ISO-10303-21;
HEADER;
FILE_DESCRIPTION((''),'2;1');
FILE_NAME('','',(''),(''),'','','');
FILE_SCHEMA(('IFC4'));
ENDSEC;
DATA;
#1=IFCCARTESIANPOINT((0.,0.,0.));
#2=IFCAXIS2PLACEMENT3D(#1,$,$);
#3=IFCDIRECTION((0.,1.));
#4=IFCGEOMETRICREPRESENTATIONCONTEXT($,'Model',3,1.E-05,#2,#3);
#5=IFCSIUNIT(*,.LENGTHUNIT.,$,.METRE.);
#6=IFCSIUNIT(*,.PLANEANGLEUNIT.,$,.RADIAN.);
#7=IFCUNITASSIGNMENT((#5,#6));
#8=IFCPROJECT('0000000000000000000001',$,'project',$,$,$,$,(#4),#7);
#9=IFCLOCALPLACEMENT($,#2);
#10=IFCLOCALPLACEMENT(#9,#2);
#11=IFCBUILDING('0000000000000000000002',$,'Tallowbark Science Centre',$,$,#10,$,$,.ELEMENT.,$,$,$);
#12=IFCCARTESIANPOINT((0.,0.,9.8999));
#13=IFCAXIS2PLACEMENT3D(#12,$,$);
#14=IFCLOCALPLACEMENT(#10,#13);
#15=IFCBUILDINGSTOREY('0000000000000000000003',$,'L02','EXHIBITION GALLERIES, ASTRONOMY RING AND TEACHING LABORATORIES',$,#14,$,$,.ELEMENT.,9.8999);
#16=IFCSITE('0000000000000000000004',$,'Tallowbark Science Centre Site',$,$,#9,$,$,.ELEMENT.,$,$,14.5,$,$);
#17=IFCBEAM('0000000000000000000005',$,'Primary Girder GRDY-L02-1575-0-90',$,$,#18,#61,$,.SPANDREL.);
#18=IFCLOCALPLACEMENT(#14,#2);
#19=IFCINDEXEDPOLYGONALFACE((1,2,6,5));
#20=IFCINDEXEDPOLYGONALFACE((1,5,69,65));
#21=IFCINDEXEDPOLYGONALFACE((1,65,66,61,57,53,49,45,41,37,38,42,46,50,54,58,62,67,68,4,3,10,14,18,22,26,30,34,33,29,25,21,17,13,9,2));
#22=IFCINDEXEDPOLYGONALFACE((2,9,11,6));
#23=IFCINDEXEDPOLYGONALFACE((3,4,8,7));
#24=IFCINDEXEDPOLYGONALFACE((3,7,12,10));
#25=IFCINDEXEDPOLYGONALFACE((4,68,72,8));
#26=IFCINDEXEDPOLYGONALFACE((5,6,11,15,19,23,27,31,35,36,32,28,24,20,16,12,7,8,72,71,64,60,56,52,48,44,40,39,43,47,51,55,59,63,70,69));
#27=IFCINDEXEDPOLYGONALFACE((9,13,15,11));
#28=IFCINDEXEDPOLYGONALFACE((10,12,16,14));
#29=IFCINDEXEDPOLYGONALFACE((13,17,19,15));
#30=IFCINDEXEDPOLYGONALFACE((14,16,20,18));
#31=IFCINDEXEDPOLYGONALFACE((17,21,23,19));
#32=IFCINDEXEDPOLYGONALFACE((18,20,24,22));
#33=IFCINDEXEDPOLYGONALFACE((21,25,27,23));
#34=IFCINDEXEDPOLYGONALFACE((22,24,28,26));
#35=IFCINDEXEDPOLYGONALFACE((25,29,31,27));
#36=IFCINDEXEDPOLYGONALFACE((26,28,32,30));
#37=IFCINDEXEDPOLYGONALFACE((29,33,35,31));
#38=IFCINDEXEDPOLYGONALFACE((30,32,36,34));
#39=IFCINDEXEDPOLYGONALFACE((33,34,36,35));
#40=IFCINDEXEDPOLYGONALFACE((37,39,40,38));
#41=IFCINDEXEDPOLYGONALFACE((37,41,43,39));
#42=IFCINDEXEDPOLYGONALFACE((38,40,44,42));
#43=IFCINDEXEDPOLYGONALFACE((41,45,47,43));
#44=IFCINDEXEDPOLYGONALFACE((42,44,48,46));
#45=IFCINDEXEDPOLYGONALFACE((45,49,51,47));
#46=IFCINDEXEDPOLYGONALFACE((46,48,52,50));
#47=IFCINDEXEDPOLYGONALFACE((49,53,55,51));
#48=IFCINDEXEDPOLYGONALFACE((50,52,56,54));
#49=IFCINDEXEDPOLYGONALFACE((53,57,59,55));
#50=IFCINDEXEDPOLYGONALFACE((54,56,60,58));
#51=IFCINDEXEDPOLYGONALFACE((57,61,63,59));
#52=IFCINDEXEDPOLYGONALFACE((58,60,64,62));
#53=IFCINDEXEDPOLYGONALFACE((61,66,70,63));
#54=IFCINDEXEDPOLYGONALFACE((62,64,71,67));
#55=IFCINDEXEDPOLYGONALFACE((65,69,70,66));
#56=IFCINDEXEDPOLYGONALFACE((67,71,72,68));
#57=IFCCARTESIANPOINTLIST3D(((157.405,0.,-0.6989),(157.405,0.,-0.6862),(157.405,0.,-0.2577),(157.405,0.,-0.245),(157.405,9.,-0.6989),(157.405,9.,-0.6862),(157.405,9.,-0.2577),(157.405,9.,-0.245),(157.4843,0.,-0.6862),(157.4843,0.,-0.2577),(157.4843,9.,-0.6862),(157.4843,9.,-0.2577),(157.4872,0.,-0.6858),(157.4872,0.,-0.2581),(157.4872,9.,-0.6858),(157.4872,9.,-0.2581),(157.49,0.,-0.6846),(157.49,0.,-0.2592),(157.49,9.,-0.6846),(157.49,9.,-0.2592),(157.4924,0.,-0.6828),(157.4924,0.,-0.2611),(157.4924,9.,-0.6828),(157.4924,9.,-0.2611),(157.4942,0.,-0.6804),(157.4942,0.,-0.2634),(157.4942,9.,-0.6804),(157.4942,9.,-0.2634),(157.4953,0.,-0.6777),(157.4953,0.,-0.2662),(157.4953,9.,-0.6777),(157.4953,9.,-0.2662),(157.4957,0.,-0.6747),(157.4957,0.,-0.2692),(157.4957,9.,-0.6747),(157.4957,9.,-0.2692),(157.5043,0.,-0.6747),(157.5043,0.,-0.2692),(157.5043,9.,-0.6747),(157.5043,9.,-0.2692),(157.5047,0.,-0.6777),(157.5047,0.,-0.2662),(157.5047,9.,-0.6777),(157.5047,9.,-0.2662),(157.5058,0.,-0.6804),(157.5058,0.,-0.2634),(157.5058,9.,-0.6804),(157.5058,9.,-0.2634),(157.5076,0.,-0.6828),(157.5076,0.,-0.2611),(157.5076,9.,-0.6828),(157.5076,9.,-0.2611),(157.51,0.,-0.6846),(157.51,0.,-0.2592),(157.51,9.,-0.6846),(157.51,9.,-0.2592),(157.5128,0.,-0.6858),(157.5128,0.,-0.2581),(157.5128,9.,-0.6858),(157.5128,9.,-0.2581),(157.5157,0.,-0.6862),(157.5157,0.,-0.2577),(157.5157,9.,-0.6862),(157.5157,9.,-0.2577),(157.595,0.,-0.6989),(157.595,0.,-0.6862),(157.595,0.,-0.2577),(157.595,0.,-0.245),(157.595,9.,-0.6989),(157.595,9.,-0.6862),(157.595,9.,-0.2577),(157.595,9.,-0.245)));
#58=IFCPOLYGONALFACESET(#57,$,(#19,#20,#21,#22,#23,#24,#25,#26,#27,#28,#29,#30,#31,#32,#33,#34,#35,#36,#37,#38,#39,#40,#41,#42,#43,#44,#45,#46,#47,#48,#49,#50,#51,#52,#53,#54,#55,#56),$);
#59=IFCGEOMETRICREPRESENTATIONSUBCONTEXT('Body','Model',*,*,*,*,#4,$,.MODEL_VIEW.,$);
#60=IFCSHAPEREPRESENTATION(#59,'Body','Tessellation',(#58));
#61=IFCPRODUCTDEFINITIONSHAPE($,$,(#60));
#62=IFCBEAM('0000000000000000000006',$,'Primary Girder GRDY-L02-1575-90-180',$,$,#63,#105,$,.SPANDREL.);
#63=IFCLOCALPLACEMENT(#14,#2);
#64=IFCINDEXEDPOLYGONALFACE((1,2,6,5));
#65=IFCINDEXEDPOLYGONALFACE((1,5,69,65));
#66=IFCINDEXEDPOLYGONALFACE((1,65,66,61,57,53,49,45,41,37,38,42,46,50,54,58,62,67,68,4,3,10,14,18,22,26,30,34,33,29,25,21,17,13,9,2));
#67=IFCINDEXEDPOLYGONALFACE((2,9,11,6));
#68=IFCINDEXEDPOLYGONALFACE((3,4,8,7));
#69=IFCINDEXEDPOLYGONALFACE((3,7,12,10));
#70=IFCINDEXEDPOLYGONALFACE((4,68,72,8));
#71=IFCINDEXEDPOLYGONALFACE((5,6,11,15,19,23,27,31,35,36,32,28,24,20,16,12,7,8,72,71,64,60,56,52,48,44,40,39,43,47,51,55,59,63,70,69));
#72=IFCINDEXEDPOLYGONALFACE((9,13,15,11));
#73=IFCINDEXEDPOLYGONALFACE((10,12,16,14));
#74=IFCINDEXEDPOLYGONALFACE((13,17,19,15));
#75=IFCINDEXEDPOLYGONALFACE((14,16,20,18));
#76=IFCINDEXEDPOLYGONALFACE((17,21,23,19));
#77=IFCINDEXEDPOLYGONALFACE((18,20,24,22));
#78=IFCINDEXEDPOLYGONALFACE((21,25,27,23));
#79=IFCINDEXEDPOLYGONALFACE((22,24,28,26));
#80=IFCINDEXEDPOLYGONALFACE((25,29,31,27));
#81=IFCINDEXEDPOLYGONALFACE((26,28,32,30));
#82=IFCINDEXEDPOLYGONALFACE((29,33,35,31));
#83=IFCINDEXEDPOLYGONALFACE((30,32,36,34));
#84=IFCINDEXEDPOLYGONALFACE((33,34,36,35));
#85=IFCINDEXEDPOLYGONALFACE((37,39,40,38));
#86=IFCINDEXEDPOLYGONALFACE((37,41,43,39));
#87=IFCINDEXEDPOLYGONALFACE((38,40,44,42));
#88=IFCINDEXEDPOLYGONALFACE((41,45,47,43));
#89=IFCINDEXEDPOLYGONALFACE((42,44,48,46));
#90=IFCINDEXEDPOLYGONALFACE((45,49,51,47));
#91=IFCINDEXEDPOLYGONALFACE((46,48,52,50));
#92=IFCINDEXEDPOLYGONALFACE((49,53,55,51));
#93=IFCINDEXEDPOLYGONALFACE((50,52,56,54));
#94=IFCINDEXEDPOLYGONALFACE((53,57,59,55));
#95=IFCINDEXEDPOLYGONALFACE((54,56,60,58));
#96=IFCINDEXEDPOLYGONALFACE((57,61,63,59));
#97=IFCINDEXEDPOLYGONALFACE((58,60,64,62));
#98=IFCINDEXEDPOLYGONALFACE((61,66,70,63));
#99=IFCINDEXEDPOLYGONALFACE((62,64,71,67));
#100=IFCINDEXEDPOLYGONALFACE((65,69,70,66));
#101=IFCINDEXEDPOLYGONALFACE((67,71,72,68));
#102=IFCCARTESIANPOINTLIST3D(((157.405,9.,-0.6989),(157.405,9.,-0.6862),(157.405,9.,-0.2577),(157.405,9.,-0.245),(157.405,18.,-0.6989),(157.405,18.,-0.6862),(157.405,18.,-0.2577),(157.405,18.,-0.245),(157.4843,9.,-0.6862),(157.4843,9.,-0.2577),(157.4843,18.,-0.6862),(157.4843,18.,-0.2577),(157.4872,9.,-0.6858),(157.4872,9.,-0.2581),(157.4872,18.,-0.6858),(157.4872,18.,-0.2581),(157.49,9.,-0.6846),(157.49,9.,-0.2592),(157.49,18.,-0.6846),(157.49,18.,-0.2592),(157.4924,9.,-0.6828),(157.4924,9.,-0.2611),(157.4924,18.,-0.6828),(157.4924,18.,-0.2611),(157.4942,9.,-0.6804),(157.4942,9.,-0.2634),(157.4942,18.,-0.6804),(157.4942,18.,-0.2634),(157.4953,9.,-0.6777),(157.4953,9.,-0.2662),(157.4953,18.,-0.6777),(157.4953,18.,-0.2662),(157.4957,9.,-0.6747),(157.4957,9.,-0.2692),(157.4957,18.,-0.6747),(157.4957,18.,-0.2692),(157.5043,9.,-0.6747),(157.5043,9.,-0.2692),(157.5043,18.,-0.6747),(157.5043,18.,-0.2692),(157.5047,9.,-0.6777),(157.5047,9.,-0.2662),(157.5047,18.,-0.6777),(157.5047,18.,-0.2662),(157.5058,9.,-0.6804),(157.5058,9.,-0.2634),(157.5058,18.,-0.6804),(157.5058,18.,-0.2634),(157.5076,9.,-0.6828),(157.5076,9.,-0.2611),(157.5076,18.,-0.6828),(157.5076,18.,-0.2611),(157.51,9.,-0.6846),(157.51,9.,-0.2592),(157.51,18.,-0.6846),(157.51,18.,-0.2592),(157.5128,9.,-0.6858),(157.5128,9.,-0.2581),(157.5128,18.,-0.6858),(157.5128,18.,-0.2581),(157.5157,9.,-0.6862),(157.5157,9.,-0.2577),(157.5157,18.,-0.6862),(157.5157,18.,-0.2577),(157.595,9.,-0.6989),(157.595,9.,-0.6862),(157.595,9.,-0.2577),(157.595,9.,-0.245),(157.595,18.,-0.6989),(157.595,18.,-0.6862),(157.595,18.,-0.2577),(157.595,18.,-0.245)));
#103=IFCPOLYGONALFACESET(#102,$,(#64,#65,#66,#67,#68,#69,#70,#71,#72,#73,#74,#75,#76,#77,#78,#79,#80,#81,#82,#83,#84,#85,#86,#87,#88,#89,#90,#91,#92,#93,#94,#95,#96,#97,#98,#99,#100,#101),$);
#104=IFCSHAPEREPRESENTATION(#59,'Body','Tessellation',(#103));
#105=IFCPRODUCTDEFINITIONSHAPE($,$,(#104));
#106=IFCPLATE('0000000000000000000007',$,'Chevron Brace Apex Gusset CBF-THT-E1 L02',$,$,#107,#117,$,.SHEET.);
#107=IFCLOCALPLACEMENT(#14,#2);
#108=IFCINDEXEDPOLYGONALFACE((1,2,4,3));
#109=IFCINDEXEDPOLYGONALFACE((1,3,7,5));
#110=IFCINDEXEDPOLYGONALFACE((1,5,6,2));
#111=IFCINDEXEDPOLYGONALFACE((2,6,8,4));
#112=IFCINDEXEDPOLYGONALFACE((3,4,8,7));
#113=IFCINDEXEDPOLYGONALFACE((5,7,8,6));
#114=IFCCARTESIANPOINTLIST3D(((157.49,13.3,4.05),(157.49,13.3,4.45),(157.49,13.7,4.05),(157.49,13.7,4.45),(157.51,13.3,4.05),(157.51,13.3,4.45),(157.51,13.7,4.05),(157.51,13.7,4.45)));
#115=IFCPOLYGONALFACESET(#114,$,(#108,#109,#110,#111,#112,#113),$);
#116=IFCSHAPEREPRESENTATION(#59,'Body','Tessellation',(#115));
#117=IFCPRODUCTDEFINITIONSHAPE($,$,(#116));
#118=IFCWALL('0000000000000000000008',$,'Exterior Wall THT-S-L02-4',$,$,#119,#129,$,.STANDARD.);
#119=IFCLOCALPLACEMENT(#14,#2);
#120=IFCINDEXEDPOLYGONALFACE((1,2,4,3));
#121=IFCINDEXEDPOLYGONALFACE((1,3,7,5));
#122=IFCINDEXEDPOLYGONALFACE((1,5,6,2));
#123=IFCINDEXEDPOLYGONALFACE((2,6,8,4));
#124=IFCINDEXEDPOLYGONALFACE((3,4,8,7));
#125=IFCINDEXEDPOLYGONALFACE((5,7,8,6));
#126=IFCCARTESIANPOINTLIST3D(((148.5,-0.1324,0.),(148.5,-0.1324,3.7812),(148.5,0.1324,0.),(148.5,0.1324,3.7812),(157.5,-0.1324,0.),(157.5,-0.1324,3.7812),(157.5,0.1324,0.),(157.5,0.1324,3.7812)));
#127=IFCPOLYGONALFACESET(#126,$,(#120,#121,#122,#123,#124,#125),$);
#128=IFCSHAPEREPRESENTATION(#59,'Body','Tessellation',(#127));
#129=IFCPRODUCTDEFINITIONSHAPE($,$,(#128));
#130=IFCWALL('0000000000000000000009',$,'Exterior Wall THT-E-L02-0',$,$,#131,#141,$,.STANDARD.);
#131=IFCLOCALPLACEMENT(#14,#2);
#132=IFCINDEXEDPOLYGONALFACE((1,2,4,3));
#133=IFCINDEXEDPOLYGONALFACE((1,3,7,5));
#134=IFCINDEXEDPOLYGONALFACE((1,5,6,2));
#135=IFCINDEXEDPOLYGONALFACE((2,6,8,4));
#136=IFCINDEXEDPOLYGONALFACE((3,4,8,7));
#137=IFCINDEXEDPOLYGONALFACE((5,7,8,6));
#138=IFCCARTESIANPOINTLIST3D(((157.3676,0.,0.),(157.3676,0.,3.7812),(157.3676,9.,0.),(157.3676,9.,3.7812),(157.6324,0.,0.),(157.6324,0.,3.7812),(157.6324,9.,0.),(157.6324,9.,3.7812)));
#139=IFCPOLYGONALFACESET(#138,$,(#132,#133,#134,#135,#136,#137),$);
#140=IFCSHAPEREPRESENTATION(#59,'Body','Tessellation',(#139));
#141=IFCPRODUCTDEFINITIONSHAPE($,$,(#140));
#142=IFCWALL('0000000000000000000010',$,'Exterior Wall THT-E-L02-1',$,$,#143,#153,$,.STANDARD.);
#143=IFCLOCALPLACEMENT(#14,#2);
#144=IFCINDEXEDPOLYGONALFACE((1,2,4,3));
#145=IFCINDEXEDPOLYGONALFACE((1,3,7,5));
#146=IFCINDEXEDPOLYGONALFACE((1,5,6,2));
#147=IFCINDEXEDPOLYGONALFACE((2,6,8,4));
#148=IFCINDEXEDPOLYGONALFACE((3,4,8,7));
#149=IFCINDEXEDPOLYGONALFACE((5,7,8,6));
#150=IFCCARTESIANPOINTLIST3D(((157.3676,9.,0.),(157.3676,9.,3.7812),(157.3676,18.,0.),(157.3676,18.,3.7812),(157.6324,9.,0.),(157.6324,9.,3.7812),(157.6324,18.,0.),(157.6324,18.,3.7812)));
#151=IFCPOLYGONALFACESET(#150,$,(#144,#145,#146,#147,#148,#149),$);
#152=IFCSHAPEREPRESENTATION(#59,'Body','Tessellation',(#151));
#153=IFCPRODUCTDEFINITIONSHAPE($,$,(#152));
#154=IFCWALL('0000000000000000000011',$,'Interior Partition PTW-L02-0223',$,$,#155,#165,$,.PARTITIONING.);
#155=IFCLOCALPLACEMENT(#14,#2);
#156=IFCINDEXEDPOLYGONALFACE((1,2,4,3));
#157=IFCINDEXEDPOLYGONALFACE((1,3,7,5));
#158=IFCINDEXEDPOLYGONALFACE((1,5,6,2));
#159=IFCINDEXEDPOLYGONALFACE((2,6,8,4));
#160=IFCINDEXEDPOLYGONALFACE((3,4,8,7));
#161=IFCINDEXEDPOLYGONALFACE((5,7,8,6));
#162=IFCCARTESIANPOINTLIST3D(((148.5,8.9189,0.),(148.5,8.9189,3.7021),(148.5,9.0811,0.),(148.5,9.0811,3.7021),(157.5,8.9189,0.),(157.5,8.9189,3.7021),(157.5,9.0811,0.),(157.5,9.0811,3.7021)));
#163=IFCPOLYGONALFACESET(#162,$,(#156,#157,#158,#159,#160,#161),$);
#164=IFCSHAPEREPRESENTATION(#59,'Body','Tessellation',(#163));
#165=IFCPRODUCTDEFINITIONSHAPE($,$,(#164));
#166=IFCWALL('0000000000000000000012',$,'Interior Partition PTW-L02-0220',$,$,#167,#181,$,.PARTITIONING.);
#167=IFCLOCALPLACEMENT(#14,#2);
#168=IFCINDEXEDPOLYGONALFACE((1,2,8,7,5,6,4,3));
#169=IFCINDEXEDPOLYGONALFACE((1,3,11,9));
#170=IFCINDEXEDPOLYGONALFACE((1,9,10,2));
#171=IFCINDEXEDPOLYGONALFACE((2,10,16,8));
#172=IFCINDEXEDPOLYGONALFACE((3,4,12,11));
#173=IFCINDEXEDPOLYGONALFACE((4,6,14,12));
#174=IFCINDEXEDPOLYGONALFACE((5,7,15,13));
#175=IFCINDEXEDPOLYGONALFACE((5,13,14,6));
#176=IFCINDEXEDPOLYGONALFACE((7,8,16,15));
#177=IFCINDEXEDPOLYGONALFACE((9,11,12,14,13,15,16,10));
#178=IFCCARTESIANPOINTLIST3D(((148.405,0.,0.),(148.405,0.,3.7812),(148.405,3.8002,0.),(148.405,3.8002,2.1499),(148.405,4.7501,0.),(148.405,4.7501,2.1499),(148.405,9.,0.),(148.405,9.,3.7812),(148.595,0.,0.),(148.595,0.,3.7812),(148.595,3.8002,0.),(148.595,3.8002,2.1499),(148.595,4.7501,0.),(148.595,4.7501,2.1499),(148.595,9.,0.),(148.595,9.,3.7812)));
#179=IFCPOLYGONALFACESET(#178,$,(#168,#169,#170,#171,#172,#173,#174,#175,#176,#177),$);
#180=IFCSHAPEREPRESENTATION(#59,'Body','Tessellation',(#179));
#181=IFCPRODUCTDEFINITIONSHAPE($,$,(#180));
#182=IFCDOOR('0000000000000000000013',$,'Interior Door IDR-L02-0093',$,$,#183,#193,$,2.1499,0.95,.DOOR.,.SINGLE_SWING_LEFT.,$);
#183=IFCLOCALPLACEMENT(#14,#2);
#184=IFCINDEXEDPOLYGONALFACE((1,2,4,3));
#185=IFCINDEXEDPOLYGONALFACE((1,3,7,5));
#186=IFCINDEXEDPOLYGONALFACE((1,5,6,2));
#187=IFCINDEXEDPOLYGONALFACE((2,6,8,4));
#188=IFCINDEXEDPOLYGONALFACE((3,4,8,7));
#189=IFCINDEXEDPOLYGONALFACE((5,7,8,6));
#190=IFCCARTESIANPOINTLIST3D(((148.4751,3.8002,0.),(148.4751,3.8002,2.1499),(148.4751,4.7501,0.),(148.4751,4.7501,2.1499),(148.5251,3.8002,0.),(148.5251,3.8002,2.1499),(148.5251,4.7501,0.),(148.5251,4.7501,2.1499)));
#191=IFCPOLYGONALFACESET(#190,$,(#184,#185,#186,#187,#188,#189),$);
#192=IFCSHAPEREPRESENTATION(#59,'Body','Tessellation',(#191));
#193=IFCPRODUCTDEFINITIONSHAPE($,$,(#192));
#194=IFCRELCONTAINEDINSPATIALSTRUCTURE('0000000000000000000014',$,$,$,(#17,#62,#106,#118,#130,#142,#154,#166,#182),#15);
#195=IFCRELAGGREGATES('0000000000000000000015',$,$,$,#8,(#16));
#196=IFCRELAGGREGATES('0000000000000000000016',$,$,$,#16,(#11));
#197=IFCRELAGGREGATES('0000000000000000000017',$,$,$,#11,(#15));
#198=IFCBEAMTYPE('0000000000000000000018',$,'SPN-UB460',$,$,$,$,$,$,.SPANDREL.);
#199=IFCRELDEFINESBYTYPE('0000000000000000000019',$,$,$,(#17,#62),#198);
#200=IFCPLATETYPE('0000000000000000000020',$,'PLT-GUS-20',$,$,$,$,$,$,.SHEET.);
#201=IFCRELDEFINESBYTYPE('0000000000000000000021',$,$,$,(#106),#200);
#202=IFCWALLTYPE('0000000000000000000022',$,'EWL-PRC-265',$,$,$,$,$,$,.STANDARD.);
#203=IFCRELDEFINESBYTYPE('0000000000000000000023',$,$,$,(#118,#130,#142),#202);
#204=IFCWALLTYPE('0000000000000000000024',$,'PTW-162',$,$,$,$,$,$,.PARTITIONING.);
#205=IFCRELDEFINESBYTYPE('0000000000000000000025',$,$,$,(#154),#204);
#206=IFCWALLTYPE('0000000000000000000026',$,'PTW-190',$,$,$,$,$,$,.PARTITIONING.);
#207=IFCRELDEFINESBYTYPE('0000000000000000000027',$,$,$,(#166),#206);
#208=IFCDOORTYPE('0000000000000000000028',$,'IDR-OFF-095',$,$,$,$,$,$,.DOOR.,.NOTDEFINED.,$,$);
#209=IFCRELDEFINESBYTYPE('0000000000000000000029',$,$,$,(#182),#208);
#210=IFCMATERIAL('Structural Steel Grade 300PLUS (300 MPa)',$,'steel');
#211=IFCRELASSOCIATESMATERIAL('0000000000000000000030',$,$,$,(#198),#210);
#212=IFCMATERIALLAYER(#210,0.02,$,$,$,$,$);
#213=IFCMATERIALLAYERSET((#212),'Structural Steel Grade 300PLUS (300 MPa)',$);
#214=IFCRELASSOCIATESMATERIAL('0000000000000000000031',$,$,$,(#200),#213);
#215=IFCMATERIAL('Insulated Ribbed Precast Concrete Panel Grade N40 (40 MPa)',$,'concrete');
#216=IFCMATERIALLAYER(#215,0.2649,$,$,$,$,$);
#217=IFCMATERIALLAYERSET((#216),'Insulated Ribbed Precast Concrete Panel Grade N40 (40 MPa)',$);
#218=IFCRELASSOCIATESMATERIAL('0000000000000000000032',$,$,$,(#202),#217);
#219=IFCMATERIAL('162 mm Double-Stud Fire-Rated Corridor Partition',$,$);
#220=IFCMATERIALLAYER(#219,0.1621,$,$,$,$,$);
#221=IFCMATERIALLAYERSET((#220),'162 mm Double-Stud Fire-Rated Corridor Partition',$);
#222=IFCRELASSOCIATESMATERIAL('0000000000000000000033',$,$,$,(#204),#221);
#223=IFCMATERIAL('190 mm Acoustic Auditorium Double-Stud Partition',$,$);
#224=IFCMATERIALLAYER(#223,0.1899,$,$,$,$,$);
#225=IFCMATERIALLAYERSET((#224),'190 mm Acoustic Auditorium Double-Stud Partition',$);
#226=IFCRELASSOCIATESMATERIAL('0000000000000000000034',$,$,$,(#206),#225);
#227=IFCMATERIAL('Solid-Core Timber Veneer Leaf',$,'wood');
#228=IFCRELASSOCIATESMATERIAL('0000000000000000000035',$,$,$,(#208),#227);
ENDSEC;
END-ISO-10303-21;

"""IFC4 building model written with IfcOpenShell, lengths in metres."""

from ifc_helpers import new_model, si_unit, direction, frame, frame_2d, origin, origin_2d, place, context, subcontext, project, spatial, rectangle, i_section, extrude, material, layer, layer_set, material_profile, profile_set, type_object, element, fill, save


model = new_model("IFC4")

# Units and contexts
model_context = context("Model", 3, precision=1e-05, world=origin(), true_north=direction((0.0, 1.0)))
body_context = subcontext(model_context, "Body", "Model", "MODEL_VIEW")
ifc_project = project(units=[si_unit("LENGTHUNIT", "METRE"), si_unit("PLANEANGLEUNIT", "RADIAN")], contexts=[model_context])

# Site, building, storey
site_placement = place(None, origin())
site = spatial("IfcSite", under=ifc_project, at=site_placement, Name="Tallowbark Science Centre Site", CompositionType="ELEMENT", RefElevation=14.5)
building_placement = place(site_placement, origin())
building = spatial("IfcBuilding", under=site, at=building_placement, Name="Tallowbark Science Centre", CompositionType="ELEMENT")
storey_placement = place(building_placement, frame((0.0, 0.0, 9.8999)))
storey = spatial("IfcBuildingStorey", under=building, at=storey_placement, Name="L02", Description="EXHIBITION GALLERIES, ASTRONOMY RING AND TEACHING LABORATORIES", CompositionType="ELEMENT", Elevation=9.8999)

# Shared definitions
ifc_material_1 = material(Name="Structural Steel Grade 300PLUS (300 MPa)", Category="steel")

# Beams
ifc_material_profile_1 = material_profile(ifc_material_1, i_section(OverallWidth=0.1899, OverallDepth=0.4539, WebThickness=0.0085, FlangeThickness=0.0127, FilletRadius=0.0115, at=origin_2d()), Name="460UB67.1")
ifc_profile_set_1 = profile_set([ifc_material_profile_1], Name="Structural Steel Grade 300PLUS (300 MPa)")
beam_type_1 = type_object("IfcBeamType", Name="SPN-UB460", PredefinedType="SPANDREL", material=ifc_profile_set_1)
for number, where, z_axis, x_axis, name in (
    (1, (157.5, 0.0, -0.4719), (0.0, 1.0, 0.0), (-1.0, 0.0, 0.0), "Primary Girder GRDY-L02-1575-0-90"),
    (2, (157.5, 9.0, -0.4719), (0.0, 1.0, 0.0), (-1.0, 0.0, 0.0), "Primary Girder GRDY-L02-1575-90-180"),
):
    element("IfcBeam", number, at=place(storey_placement, frame(where, z_axis=z_axis, x_axis=x_axis)), inside=storey, type_object=beam_type_1, Name=name, PredefinedType="SPANDREL", context=body_context, shape_type="SweptSolid", body=[
        extrude(i_section(OverallWidth=0.1899, OverallDepth=0.4539, WebThickness=0.0085, FlangeThickness=0.0127, FilletRadius=0.0115, at=origin_2d()), origin(), (0.0, 0.0, 1.0), 9.0),
    ])

# Plate
ifc_layer_1 = layer(ifc_material_1, 0.02)
ifc_layer_set_1 = layer_set([ifc_layer_1], Name="Structural Steel Grade 300PLUS (300 MPa)")
plate_type = type_object("IfcPlateType", Name="PLT-GUS-20", PredefinedType="SHEET", material=ifc_layer_set_1)
plate_placement = place(storey_placement, frame((157.5, 13.5, 4.05), z_axis=(0.0, 0.0, 1.0), x_axis=(0.0, 1.0, 0.0)))
element("IfcPlate", 3, at=plate_placement, inside=storey, type_object=plate_type, Name="Chevron Brace Apex Gusset CBF-THT-E1 L02", PredefinedType="SHEET", context=body_context, shape_type="SweptSolid", body=[
    extrude(rectangle(XDim=0.3999, YDim=0.02, at=origin_2d()), origin(), (0.0, 0.0, 1.0), 0.3999),
])

# Walls
ifc_material_2 = material(Name="Insulated Ribbed Precast Concrete Panel Grade N40 (40 MPa)", Category="concrete")
ifc_layer_2 = layer(ifc_material_2, 0.2649)
ifc_layer_set_2 = layer_set([ifc_layer_2], Name="Insulated Ribbed Precast Concrete Panel Grade N40 (40 MPa)")
wall_type_1 = type_object("IfcWallType", Name="EWL-PRC-265", PredefinedType="STANDARD", material=ifc_layer_set_2)
for number, where, z_axis, x_axis, name in (
    (4, (148.5, 0.0, 0.0), (0.0, 0.0, 1.0), (1.0, 0.0, 0.0), "Exterior Wall THT-S-L02-4"),
    (5, (157.5, 0.0, 0.0), (0.0, 0.0, 1.0), (0.0, 1.0, 0.0), "Exterior Wall THT-E-L02-0"),
    (6, (157.5, 9.0, 0.0), (0.0, 0.0, 1.0), (0.0, 1.0, 0.0), "Exterior Wall THT-E-L02-1"),
):
    element("IfcWall", number, at=place(storey_placement, frame(where, z_axis=z_axis, x_axis=x_axis)), inside=storey, type_object=wall_type_1, Name=name, PredefinedType="STANDARD", context=body_context, shape_type="SweptSolid", body=[
        extrude(rectangle(XDim=9.0, YDim=0.2649, at=frame_2d((4.5, 0.0))), origin(), (0.0, 0.0, 1.0), 3.7812),
    ])
ifc_material_3 = material(Name="162 mm Double-Stud Fire-Rated Corridor Partition")
ifc_layer_3 = layer(ifc_material_3, 0.1621)
ifc_layer_set_3 = layer_set([ifc_layer_3], Name="162 mm Double-Stud Fire-Rated Corridor Partition")
wall_type_2 = type_object("IfcWallType", Name="PTW-162", PredefinedType="PARTITIONING", material=ifc_layer_set_3)
wall_1_placement = place(storey_placement, frame((148.5, 9.0, 0.0), z_axis=(0.0, 0.0, 1.0), x_axis=(1.0, 0.0, 0.0)))
element("IfcWall", 7, at=wall_1_placement, inside=storey, type_object=wall_type_2, Name="Interior Partition PTW-L02-0223", PredefinedType="PARTITIONING", context=body_context, shape_type="SweptSolid", body=[
    extrude(rectangle(XDim=9.0, YDim=0.1621, at=frame_2d((4.5, 0.0))), origin(), (0.0, 0.0, 1.0), 3.7021),
])

# Wall, opening, door
ifc_material_4 = material(Name="190 mm Acoustic Auditorium Double-Stud Partition")
ifc_layer_4 = layer(ifc_material_4, 0.1899)
ifc_layer_set_4 = layer_set([ifc_layer_4], Name="190 mm Acoustic Auditorium Double-Stud Partition")
wall_type_3 = type_object("IfcWallType", Name="PTW-190", PredefinedType="PARTITIONING", material=ifc_layer_set_4)
wall_2_placement = place(storey_placement, frame((148.5, 0.0, 0.0), z_axis=(0.0, 0.0, 1.0), x_axis=(0.0, 1.0, 0.0)))
wall_2 = element("IfcWall", 8, at=wall_2_placement, inside=storey, type_object=wall_type_3, Name="Interior Partition PTW-L02-0220", PredefinedType="PARTITIONING", context=body_context, shape_type="SweptSolid", body=[
    extrude(rectangle(XDim=9.0, YDim=0.1899, at=frame_2d((4.5, 0.0))), origin(), (0.0, 0.0, 1.0), 3.7812),
])
opening_1_placement = place(wall_2_placement, frame((3.8, 0.0, 0.0)))
opening_1 = element("IfcOpeningElement", 9, at=opening_1_placement, cuts=wall_2, PredefinedType="OPENING", context=body_context, shape_type="SweptSolid", body=[
    extrude(rectangle(XDim=0.95, YDim=2.1499, at=frame_2d((0.4751, 1.075))), frame((0.0, 0.105, 0.0), z_axis=(0.0, -1.0, 0.0), x_axis=(1.0, 0.0, 0.0)), (0.0, 0.0, 1.0), 0.21),
])
ifc_material_5 = material(Name="Solid-Core Timber Veneer Leaf", Category="wood")
door_type_1 = type_object("IfcDoorType", Name="IDR-OFF-095", OperationType="NOTDEFINED", PredefinedType="DOOR", material=ifc_material_5)
door_1_placement = place(opening_1_placement, origin())
door_1 = element("IfcDoor", 10, at=door_1_placement, inside=storey, type_object=door_type_1, Name="Interior Door IDR-L02-0093", OperationType="SINGLE_SWING_LEFT", OverallHeight=2.1499, OverallWidth=0.95, PredefinedType="DOOR", context=body_context, shape_type="SweptSolid", body=[
    extrude(rectangle(XDim=0.95, YDim=2.1499, at=frame_2d((0.4751, 1.075))), frame((0.0, 0.0249, 0.0), z_axis=(0.0, -1.0, 0.0), x_axis=(1.0, 0.0, 0.0)), (0.0, 0.0, 1.0), 0.05),
])
fill(opening_1, door_1)

save(model, "model.ifc")
